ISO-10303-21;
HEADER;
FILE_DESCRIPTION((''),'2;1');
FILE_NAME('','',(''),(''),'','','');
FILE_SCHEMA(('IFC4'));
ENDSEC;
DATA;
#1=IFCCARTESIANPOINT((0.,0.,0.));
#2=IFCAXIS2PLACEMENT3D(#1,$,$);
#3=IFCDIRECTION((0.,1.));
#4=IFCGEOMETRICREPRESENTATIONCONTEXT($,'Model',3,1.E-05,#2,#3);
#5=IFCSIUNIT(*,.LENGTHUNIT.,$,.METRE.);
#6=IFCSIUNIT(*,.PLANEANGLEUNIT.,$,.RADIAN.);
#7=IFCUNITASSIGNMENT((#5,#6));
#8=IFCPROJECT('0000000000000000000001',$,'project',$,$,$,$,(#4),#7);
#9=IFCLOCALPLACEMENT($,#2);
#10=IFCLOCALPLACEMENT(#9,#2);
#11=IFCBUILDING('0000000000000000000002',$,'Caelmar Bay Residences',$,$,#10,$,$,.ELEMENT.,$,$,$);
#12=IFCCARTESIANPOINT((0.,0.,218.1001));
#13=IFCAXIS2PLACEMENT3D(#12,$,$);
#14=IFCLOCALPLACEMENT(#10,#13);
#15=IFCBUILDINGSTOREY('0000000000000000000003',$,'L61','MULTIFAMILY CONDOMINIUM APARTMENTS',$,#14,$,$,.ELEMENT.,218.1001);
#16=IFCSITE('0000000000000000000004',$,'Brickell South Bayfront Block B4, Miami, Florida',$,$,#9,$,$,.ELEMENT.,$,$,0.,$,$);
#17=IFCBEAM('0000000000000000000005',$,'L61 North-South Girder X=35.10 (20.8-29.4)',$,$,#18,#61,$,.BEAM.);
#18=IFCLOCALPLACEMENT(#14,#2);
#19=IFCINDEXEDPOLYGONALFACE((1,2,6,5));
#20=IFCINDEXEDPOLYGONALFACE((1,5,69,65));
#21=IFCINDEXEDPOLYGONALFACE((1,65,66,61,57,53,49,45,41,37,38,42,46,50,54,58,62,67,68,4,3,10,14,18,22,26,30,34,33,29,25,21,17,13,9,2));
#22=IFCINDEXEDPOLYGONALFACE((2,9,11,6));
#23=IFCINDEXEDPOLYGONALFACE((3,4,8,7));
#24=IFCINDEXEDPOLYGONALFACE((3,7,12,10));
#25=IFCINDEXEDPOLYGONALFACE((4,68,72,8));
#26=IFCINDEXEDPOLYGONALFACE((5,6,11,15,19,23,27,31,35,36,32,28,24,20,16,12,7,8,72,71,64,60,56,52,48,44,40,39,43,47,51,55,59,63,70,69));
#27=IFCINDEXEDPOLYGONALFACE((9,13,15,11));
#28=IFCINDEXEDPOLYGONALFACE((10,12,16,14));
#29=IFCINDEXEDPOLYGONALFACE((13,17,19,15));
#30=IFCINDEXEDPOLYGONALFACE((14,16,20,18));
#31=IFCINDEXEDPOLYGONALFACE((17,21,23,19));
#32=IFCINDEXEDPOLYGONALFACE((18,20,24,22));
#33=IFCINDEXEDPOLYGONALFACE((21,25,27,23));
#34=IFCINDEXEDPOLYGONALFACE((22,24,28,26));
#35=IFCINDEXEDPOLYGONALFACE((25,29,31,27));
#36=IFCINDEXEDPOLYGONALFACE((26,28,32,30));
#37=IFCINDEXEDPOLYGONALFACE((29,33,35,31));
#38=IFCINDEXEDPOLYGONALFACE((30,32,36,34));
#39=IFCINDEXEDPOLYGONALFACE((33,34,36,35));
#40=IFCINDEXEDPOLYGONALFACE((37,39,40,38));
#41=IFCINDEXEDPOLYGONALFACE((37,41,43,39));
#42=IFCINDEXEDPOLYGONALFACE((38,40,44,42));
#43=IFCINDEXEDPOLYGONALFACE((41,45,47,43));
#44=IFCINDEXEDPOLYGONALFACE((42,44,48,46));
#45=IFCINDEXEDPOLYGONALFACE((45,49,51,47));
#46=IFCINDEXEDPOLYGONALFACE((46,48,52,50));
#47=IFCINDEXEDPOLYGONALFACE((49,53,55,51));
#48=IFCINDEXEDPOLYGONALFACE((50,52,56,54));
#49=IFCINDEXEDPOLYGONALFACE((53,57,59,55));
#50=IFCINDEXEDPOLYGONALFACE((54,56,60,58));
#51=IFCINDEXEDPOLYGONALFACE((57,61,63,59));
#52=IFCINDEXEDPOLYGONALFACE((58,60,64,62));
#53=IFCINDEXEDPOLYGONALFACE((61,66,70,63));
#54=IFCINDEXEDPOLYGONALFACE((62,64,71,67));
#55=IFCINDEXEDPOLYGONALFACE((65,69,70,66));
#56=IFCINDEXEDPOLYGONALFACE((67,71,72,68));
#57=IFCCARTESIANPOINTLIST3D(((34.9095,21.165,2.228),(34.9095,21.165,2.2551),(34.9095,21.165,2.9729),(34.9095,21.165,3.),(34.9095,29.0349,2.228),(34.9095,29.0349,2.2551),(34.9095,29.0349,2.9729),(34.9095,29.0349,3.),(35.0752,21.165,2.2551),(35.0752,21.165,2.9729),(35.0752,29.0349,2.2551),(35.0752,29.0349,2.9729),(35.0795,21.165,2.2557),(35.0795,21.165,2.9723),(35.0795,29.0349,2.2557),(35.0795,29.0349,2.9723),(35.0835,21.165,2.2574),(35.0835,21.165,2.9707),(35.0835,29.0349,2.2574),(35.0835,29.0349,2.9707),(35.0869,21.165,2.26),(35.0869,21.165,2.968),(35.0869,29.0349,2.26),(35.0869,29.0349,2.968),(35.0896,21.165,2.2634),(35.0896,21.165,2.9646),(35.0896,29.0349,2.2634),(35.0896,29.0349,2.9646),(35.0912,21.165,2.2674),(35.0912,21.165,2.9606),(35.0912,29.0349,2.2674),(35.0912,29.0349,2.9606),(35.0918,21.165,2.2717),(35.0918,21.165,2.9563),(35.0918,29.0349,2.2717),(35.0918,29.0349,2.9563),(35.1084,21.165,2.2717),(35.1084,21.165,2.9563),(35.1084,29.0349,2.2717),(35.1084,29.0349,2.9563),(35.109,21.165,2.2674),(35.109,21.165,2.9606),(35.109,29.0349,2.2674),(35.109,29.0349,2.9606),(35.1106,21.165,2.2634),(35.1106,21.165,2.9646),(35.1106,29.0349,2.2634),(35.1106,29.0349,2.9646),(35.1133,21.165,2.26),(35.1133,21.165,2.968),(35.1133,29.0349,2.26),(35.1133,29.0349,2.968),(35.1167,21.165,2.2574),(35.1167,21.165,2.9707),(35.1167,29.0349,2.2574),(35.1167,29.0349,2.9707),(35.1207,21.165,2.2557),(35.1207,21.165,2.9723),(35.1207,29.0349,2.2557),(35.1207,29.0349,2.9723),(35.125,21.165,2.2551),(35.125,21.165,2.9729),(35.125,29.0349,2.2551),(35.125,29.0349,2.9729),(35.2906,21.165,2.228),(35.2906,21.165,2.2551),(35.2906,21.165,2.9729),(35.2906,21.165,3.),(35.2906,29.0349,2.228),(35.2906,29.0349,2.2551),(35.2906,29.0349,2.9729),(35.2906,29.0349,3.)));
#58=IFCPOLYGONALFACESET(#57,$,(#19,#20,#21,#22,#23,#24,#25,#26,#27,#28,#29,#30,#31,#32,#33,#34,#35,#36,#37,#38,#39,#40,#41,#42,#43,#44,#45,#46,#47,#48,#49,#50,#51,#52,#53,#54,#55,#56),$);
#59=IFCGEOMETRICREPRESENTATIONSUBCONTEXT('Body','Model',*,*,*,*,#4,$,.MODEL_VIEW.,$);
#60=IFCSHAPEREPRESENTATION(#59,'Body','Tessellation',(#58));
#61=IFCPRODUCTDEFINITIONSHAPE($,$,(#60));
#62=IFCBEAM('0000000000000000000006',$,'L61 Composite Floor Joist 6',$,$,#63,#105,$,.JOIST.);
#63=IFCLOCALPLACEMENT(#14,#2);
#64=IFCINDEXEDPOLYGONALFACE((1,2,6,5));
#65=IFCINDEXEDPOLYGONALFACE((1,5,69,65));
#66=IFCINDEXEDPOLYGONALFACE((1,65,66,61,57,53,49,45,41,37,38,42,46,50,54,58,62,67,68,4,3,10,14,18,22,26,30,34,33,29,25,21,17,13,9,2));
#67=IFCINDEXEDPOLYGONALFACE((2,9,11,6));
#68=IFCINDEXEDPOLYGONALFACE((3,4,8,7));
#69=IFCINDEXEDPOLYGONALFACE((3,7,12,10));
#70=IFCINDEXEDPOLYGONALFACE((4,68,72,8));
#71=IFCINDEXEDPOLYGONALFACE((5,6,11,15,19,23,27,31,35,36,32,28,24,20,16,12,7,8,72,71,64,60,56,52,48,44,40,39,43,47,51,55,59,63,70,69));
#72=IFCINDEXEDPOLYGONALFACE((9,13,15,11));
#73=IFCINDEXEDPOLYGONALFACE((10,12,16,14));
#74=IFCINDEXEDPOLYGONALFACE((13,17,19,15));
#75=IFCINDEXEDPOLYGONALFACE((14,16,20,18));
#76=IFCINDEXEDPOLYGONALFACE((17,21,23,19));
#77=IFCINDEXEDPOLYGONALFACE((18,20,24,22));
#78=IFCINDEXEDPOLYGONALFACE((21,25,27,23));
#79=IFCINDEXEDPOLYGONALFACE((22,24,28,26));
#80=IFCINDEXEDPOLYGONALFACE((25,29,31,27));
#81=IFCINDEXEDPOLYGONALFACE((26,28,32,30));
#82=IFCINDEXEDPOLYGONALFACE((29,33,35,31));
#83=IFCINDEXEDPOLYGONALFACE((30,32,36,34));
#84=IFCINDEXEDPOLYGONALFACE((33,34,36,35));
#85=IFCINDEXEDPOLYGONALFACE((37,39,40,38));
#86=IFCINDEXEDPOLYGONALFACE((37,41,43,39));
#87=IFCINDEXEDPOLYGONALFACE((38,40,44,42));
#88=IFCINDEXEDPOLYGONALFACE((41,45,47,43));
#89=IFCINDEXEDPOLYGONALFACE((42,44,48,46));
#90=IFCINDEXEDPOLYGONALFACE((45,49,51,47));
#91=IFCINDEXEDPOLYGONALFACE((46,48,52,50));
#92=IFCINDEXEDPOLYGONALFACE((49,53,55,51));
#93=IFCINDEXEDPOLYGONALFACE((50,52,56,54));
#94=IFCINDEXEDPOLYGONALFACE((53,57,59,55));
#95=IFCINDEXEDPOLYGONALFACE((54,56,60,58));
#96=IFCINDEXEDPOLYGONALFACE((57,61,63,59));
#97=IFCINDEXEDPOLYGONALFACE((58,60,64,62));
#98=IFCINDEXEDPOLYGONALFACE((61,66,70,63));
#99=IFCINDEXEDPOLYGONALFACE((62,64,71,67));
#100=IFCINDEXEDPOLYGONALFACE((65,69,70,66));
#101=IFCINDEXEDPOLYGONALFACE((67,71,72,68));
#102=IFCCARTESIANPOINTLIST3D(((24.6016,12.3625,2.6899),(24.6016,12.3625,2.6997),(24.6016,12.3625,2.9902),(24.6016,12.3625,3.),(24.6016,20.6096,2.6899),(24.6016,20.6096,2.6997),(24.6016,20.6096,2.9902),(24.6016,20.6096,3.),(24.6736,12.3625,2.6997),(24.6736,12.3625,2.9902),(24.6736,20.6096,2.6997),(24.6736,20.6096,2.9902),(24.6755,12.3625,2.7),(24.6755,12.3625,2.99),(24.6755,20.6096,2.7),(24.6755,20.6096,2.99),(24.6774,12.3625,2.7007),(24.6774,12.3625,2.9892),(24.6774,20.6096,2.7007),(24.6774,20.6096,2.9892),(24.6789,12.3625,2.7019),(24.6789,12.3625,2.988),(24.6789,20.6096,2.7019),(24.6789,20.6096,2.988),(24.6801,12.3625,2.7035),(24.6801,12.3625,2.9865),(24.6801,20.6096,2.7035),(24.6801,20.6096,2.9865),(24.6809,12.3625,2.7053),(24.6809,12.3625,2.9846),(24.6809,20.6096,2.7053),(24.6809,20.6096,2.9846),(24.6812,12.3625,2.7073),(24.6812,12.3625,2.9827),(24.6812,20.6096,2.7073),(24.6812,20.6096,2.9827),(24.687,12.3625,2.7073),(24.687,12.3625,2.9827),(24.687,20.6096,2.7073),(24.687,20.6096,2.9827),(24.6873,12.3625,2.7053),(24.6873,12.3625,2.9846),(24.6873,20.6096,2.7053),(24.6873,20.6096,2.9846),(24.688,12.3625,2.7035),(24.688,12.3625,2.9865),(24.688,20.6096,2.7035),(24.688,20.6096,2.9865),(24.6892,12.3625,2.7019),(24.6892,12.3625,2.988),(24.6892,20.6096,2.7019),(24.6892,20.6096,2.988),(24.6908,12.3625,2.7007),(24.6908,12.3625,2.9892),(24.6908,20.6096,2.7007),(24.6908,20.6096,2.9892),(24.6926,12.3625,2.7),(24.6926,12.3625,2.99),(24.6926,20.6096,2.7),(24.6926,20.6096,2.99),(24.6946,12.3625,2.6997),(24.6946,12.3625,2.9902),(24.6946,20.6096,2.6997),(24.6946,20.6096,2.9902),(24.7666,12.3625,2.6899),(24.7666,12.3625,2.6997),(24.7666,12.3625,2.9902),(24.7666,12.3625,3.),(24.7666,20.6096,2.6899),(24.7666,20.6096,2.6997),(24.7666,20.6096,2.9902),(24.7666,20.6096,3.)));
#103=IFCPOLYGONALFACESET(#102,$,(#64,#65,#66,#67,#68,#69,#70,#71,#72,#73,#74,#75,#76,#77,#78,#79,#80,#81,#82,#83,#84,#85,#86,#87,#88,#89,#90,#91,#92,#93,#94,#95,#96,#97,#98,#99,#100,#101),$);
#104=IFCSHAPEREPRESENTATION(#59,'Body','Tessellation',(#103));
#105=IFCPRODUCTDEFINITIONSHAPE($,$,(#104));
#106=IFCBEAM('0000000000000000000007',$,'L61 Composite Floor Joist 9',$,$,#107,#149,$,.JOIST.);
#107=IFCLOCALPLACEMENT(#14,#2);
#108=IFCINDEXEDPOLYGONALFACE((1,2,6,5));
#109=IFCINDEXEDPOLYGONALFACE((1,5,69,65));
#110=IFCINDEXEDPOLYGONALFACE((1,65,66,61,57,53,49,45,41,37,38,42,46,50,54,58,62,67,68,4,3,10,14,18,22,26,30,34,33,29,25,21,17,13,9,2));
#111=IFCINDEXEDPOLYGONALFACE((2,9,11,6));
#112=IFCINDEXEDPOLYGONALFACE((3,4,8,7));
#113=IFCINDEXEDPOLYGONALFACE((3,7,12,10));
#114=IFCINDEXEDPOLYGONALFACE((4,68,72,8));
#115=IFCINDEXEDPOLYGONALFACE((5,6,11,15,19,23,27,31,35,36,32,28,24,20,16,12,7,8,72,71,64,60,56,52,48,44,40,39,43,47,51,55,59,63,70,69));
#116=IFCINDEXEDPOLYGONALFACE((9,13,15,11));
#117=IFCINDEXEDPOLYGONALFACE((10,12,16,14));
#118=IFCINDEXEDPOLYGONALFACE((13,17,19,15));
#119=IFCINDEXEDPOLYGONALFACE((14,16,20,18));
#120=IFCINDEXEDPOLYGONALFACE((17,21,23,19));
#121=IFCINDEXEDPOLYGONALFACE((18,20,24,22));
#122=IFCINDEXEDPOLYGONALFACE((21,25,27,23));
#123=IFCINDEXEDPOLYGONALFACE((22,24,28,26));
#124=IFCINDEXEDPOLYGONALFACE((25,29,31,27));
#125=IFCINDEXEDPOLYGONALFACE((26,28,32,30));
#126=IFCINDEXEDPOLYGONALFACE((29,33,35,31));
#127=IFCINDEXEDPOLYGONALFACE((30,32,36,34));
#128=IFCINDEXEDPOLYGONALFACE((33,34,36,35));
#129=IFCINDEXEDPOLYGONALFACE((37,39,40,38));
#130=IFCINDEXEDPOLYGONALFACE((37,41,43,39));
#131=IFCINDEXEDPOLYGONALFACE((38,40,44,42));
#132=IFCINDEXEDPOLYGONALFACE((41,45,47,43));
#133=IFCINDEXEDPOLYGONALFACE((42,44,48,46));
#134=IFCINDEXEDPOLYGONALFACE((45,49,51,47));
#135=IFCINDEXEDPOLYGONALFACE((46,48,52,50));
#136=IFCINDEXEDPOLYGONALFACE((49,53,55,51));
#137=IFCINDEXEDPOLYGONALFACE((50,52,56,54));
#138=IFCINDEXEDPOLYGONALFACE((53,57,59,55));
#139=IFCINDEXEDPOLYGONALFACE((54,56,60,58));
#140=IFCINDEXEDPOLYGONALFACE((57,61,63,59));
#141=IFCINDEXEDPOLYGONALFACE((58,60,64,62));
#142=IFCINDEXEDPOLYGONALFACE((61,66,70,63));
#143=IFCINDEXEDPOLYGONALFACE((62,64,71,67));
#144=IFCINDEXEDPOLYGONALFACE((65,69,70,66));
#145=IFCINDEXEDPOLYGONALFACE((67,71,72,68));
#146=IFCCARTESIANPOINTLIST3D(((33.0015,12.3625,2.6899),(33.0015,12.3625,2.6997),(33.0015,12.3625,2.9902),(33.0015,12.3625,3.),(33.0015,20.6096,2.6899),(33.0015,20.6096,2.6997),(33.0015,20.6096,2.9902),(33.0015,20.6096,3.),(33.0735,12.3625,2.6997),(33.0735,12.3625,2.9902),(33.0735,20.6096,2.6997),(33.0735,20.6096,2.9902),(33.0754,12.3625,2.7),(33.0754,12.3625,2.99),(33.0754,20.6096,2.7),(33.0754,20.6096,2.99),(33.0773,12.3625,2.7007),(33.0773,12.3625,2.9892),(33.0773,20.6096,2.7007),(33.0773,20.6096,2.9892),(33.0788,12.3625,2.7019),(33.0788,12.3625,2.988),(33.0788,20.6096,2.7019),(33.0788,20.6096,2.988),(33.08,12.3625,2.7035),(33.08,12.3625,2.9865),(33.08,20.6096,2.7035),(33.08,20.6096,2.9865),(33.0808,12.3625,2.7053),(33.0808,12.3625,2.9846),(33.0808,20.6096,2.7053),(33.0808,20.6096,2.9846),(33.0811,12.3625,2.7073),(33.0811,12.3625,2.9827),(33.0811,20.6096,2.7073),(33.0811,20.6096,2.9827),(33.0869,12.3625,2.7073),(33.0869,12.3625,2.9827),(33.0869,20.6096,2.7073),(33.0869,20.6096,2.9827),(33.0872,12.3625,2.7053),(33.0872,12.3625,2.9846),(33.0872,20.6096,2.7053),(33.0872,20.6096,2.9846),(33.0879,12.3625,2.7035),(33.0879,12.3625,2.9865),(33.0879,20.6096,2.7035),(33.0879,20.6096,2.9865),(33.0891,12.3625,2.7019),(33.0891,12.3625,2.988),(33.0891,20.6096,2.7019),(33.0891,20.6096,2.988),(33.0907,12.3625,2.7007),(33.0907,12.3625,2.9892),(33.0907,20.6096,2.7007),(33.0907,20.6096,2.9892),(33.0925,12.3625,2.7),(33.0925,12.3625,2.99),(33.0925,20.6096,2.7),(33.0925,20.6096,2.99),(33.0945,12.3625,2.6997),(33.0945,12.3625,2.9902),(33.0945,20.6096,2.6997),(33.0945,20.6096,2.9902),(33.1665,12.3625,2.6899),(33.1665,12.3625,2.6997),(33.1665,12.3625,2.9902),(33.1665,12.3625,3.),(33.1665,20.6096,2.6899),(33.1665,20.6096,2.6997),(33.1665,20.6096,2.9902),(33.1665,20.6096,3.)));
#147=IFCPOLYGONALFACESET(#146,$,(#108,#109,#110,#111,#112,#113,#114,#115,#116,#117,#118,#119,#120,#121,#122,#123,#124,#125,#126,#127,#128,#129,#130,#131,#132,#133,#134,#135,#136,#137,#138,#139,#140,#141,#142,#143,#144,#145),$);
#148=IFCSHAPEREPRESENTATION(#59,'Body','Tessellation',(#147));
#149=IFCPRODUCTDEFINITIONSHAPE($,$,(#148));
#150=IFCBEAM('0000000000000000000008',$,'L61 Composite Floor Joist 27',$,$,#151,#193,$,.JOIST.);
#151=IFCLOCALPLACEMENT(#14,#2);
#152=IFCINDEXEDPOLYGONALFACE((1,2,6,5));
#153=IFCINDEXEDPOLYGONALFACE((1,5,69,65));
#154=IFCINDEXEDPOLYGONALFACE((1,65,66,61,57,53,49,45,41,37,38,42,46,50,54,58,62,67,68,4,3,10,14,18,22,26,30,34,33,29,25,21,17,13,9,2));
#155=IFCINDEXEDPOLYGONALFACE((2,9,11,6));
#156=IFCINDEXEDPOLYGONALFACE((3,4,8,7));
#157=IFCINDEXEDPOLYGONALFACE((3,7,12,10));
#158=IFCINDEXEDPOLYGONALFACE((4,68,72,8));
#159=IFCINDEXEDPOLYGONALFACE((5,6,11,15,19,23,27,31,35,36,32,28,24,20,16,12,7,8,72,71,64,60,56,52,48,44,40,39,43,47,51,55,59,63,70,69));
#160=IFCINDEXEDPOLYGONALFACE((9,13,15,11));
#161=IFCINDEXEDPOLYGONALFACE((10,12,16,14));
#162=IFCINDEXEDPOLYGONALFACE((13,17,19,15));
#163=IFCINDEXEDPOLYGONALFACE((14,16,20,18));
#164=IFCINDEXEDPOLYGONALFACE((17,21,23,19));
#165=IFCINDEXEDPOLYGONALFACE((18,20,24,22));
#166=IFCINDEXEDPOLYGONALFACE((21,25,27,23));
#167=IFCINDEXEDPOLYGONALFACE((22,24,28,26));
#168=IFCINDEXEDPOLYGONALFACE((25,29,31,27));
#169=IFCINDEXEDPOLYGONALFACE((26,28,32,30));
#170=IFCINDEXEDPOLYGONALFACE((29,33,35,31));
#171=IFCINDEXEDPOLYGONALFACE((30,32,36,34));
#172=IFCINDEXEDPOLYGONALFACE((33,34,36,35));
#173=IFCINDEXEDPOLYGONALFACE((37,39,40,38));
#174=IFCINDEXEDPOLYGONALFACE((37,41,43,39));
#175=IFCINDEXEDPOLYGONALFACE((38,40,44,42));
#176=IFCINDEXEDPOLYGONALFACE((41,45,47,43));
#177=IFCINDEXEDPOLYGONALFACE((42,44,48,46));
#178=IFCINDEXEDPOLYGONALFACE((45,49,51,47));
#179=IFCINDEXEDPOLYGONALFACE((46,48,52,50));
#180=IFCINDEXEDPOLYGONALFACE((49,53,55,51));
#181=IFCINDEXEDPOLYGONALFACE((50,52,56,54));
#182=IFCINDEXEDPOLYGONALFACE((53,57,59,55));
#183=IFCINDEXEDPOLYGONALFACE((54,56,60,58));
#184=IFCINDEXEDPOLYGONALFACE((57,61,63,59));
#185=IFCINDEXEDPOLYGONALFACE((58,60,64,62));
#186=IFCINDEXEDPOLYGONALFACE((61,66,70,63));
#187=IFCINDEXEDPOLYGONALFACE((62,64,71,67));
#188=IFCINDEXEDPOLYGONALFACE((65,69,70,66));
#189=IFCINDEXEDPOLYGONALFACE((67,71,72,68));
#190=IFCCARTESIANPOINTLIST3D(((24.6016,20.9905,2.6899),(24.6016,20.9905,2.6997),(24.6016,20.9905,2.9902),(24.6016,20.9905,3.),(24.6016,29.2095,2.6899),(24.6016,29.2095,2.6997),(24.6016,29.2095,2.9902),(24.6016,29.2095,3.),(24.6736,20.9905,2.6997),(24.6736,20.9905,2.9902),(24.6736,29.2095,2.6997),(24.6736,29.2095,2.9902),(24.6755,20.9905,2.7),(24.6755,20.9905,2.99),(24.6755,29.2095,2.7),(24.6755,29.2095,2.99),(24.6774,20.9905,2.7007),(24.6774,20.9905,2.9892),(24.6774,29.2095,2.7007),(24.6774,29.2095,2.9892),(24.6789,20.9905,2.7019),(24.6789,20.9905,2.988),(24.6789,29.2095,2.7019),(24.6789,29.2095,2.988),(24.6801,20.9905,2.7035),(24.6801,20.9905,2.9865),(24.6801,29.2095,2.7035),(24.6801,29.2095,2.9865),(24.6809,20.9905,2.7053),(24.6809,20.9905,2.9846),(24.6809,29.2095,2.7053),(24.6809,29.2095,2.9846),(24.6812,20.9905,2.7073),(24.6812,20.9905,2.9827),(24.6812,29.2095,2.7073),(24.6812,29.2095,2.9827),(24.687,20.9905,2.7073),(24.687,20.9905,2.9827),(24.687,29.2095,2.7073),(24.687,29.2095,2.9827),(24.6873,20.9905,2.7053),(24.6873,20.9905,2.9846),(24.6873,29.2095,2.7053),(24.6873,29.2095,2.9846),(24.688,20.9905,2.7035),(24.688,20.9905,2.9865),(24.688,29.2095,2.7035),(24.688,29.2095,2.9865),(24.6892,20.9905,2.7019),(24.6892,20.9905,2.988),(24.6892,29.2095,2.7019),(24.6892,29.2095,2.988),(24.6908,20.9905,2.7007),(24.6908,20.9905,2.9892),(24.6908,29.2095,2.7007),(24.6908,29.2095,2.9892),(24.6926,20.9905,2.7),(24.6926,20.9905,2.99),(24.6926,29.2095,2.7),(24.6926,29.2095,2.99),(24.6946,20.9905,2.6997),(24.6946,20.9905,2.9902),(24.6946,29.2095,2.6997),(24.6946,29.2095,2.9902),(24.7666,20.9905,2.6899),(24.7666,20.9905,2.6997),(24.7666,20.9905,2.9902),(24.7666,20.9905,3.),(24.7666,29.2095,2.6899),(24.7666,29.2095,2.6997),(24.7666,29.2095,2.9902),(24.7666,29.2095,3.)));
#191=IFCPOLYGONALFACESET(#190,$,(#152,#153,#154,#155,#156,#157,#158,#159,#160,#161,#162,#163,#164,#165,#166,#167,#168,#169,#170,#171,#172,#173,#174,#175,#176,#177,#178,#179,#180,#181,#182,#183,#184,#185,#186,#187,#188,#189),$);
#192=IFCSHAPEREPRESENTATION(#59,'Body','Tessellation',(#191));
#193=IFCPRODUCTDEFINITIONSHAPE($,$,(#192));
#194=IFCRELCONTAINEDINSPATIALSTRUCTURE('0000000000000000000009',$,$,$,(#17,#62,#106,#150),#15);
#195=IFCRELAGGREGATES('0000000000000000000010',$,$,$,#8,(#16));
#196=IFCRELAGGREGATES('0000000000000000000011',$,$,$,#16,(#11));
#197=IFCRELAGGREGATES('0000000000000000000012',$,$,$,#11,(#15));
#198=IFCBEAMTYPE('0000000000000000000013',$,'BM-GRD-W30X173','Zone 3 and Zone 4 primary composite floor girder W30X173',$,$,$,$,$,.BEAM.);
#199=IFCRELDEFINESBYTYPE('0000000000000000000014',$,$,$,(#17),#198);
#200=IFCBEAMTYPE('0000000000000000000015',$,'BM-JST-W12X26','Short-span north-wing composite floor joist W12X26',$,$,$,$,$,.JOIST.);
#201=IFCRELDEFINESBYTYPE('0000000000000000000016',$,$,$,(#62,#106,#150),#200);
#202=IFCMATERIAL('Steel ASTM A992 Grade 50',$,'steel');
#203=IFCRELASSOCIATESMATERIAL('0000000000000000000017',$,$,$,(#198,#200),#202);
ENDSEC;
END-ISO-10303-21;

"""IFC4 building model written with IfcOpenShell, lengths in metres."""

from ifc_helpers import new_model, si_unit, direction, frame, origin, origin_2d, place, context, subcontext, project, spatial, i_section, extrude, material, material_profile, profile_set, type_object, element, save


model = new_model("IFC4")

# Units and contexts
model_context = context("Model", 3, precision=1e-05, world=origin(), true_north=direction((0.0, 1.0)))
body_context = subcontext(model_context, "Body", "Model", "MODEL_VIEW")
ifc_project = project(units=[si_unit("LENGTHUNIT", "METRE"), si_unit("PLANEANGLEUNIT", "RADIAN")], contexts=[model_context])

# Site, building, storey
site_placement = place(None, origin())
site = spatial("IfcSite", under=ifc_project, at=site_placement, Name="Brickell South Bayfront Block B4, Miami, Florida", CompositionType="ELEMENT", RefElevation=0.0)
building_placement = place(site_placement, origin())
building = spatial("IfcBuilding", under=site, at=building_placement, Name="Caelmar Bay Residences", CompositionType="ELEMENT")
storey_placement = place(building_placement, frame((0.0, 0.0, 218.1001)))
storey = spatial("IfcBuildingStorey", under=building, at=storey_placement, Name="L61", Description="MULTIFAMILY CONDOMINIUM APARTMENTS", CompositionType="ELEMENT", Elevation=218.1001)

# Beams
ifc_material_1 = material(Name="Steel ASTM A992 Grade 50", Category="steel")
ifc_material_profile_1 = material_profile(ifc_material_1, i_section(OverallWidth=0.3811, OverallDepth=0.772, WebThickness=0.0166, FlangeThickness=0.0271, FilletRadius=0.0166, at=origin_2d()), Name="W30X173")
ifc_profile_set_1 = profile_set([ifc_material_profile_1], Name="Steel ASTM A992 Grade 50")
beam_type_1 = type_object("IfcBeamType", Name="BM-GRD-W30X173", Description="Zone 3 and Zone 4 primary composite floor girder W30X173", PredefinedType="BEAM", material=ifc_profile_set_1)
beam_1_placement = place(storey_placement, frame((35.1001, 21.165, 2.614), z_axis=(0.0, 1.0, 0.0), x_axis=(-1.0, 0.0, 0.0)))
element("IfcBeam", 1, at=beam_1_placement, inside=storey, type_object=beam_type_1, Name="L61 North-South Girder X=35.10 (20.8-29.4)", PredefinedType="BEAM", context=body_context, shape_type="SweptSolid", body=[
    extrude(i_section(OverallWidth=0.3811, OverallDepth=0.772, WebThickness=0.0166, FlangeThickness=0.0271, FilletRadius=0.0166, at=origin_2d()), origin(), (0.0, 0.0, 1.0), 7.8699),
])
ifc_material_profile_2 = material_profile(ifc_material_1, i_section(OverallWidth=0.165, OverallDepth=0.3101, WebThickness=0.0059, FlangeThickness=0.0098, FilletRadius=0.0076, at=origin_2d()), Name="W12X26")
ifc_profile_set_2 = profile_set([ifc_material_profile_2], Name="Steel ASTM A992 Grade 50")
beam_type_2 = type_object("IfcBeamType", Name="BM-JST-W12X26", Description="Short-span north-wing composite floor joist W12X26", PredefinedType="JOIST", material=ifc_profile_set_2)
for number, where, z_axis, x_axis, name in (
    (2, (24.6841, 12.3625, 2.845), (0.0, 1.0, 0.0), (-1.0, 0.0, 0.0), "L61 Composite Floor Joist 6"),
    (3, (33.084, 12.3625, 2.845), (0.0, 1.0, 0.0), (-1.0, 0.0, 0.0), "L61 Composite Floor Joist 9"),
):
    element("IfcBeam", number, at=place(storey_placement, frame(where, z_axis=z_axis, x_axis=x_axis)), inside=storey, type_object=beam_type_2, Name=name, PredefinedType="JOIST", context=body_context, shape_type="SweptSolid", body=[
        extrude(i_section(OverallWidth=0.165, OverallDepth=0.3101, WebThickness=0.0059, FlangeThickness=0.0098, FilletRadius=0.0076, at=origin_2d()), origin(), (0.0, 0.0, 1.0), 8.2471),
    ])
for number, where, z_axis, x_axis, name in (
    (4, (24.6841, 20.9905, 2.845), (0.0, 1.0, 0.0), (-1.0, 0.0, 0.0), "L61 Composite Floor Joist 27"),
):
    element("IfcBeam", number, at=place(storey_placement, frame(where, z_axis=z_axis, x_axis=x_axis)), inside=storey, type_object=beam_type_2, Name=name, PredefinedType="JOIST", context=body_context, shape_type="SweptSolid", body=[
        extrude(i_section(OverallWidth=0.165, OverallDepth=0.3101, WebThickness=0.0059, FlangeThickness=0.0098, FilletRadius=0.0076, at=origin_2d()), origin(), (0.0, 0.0, 1.0), 8.219),
    ])

save(model, "model.ifc")
